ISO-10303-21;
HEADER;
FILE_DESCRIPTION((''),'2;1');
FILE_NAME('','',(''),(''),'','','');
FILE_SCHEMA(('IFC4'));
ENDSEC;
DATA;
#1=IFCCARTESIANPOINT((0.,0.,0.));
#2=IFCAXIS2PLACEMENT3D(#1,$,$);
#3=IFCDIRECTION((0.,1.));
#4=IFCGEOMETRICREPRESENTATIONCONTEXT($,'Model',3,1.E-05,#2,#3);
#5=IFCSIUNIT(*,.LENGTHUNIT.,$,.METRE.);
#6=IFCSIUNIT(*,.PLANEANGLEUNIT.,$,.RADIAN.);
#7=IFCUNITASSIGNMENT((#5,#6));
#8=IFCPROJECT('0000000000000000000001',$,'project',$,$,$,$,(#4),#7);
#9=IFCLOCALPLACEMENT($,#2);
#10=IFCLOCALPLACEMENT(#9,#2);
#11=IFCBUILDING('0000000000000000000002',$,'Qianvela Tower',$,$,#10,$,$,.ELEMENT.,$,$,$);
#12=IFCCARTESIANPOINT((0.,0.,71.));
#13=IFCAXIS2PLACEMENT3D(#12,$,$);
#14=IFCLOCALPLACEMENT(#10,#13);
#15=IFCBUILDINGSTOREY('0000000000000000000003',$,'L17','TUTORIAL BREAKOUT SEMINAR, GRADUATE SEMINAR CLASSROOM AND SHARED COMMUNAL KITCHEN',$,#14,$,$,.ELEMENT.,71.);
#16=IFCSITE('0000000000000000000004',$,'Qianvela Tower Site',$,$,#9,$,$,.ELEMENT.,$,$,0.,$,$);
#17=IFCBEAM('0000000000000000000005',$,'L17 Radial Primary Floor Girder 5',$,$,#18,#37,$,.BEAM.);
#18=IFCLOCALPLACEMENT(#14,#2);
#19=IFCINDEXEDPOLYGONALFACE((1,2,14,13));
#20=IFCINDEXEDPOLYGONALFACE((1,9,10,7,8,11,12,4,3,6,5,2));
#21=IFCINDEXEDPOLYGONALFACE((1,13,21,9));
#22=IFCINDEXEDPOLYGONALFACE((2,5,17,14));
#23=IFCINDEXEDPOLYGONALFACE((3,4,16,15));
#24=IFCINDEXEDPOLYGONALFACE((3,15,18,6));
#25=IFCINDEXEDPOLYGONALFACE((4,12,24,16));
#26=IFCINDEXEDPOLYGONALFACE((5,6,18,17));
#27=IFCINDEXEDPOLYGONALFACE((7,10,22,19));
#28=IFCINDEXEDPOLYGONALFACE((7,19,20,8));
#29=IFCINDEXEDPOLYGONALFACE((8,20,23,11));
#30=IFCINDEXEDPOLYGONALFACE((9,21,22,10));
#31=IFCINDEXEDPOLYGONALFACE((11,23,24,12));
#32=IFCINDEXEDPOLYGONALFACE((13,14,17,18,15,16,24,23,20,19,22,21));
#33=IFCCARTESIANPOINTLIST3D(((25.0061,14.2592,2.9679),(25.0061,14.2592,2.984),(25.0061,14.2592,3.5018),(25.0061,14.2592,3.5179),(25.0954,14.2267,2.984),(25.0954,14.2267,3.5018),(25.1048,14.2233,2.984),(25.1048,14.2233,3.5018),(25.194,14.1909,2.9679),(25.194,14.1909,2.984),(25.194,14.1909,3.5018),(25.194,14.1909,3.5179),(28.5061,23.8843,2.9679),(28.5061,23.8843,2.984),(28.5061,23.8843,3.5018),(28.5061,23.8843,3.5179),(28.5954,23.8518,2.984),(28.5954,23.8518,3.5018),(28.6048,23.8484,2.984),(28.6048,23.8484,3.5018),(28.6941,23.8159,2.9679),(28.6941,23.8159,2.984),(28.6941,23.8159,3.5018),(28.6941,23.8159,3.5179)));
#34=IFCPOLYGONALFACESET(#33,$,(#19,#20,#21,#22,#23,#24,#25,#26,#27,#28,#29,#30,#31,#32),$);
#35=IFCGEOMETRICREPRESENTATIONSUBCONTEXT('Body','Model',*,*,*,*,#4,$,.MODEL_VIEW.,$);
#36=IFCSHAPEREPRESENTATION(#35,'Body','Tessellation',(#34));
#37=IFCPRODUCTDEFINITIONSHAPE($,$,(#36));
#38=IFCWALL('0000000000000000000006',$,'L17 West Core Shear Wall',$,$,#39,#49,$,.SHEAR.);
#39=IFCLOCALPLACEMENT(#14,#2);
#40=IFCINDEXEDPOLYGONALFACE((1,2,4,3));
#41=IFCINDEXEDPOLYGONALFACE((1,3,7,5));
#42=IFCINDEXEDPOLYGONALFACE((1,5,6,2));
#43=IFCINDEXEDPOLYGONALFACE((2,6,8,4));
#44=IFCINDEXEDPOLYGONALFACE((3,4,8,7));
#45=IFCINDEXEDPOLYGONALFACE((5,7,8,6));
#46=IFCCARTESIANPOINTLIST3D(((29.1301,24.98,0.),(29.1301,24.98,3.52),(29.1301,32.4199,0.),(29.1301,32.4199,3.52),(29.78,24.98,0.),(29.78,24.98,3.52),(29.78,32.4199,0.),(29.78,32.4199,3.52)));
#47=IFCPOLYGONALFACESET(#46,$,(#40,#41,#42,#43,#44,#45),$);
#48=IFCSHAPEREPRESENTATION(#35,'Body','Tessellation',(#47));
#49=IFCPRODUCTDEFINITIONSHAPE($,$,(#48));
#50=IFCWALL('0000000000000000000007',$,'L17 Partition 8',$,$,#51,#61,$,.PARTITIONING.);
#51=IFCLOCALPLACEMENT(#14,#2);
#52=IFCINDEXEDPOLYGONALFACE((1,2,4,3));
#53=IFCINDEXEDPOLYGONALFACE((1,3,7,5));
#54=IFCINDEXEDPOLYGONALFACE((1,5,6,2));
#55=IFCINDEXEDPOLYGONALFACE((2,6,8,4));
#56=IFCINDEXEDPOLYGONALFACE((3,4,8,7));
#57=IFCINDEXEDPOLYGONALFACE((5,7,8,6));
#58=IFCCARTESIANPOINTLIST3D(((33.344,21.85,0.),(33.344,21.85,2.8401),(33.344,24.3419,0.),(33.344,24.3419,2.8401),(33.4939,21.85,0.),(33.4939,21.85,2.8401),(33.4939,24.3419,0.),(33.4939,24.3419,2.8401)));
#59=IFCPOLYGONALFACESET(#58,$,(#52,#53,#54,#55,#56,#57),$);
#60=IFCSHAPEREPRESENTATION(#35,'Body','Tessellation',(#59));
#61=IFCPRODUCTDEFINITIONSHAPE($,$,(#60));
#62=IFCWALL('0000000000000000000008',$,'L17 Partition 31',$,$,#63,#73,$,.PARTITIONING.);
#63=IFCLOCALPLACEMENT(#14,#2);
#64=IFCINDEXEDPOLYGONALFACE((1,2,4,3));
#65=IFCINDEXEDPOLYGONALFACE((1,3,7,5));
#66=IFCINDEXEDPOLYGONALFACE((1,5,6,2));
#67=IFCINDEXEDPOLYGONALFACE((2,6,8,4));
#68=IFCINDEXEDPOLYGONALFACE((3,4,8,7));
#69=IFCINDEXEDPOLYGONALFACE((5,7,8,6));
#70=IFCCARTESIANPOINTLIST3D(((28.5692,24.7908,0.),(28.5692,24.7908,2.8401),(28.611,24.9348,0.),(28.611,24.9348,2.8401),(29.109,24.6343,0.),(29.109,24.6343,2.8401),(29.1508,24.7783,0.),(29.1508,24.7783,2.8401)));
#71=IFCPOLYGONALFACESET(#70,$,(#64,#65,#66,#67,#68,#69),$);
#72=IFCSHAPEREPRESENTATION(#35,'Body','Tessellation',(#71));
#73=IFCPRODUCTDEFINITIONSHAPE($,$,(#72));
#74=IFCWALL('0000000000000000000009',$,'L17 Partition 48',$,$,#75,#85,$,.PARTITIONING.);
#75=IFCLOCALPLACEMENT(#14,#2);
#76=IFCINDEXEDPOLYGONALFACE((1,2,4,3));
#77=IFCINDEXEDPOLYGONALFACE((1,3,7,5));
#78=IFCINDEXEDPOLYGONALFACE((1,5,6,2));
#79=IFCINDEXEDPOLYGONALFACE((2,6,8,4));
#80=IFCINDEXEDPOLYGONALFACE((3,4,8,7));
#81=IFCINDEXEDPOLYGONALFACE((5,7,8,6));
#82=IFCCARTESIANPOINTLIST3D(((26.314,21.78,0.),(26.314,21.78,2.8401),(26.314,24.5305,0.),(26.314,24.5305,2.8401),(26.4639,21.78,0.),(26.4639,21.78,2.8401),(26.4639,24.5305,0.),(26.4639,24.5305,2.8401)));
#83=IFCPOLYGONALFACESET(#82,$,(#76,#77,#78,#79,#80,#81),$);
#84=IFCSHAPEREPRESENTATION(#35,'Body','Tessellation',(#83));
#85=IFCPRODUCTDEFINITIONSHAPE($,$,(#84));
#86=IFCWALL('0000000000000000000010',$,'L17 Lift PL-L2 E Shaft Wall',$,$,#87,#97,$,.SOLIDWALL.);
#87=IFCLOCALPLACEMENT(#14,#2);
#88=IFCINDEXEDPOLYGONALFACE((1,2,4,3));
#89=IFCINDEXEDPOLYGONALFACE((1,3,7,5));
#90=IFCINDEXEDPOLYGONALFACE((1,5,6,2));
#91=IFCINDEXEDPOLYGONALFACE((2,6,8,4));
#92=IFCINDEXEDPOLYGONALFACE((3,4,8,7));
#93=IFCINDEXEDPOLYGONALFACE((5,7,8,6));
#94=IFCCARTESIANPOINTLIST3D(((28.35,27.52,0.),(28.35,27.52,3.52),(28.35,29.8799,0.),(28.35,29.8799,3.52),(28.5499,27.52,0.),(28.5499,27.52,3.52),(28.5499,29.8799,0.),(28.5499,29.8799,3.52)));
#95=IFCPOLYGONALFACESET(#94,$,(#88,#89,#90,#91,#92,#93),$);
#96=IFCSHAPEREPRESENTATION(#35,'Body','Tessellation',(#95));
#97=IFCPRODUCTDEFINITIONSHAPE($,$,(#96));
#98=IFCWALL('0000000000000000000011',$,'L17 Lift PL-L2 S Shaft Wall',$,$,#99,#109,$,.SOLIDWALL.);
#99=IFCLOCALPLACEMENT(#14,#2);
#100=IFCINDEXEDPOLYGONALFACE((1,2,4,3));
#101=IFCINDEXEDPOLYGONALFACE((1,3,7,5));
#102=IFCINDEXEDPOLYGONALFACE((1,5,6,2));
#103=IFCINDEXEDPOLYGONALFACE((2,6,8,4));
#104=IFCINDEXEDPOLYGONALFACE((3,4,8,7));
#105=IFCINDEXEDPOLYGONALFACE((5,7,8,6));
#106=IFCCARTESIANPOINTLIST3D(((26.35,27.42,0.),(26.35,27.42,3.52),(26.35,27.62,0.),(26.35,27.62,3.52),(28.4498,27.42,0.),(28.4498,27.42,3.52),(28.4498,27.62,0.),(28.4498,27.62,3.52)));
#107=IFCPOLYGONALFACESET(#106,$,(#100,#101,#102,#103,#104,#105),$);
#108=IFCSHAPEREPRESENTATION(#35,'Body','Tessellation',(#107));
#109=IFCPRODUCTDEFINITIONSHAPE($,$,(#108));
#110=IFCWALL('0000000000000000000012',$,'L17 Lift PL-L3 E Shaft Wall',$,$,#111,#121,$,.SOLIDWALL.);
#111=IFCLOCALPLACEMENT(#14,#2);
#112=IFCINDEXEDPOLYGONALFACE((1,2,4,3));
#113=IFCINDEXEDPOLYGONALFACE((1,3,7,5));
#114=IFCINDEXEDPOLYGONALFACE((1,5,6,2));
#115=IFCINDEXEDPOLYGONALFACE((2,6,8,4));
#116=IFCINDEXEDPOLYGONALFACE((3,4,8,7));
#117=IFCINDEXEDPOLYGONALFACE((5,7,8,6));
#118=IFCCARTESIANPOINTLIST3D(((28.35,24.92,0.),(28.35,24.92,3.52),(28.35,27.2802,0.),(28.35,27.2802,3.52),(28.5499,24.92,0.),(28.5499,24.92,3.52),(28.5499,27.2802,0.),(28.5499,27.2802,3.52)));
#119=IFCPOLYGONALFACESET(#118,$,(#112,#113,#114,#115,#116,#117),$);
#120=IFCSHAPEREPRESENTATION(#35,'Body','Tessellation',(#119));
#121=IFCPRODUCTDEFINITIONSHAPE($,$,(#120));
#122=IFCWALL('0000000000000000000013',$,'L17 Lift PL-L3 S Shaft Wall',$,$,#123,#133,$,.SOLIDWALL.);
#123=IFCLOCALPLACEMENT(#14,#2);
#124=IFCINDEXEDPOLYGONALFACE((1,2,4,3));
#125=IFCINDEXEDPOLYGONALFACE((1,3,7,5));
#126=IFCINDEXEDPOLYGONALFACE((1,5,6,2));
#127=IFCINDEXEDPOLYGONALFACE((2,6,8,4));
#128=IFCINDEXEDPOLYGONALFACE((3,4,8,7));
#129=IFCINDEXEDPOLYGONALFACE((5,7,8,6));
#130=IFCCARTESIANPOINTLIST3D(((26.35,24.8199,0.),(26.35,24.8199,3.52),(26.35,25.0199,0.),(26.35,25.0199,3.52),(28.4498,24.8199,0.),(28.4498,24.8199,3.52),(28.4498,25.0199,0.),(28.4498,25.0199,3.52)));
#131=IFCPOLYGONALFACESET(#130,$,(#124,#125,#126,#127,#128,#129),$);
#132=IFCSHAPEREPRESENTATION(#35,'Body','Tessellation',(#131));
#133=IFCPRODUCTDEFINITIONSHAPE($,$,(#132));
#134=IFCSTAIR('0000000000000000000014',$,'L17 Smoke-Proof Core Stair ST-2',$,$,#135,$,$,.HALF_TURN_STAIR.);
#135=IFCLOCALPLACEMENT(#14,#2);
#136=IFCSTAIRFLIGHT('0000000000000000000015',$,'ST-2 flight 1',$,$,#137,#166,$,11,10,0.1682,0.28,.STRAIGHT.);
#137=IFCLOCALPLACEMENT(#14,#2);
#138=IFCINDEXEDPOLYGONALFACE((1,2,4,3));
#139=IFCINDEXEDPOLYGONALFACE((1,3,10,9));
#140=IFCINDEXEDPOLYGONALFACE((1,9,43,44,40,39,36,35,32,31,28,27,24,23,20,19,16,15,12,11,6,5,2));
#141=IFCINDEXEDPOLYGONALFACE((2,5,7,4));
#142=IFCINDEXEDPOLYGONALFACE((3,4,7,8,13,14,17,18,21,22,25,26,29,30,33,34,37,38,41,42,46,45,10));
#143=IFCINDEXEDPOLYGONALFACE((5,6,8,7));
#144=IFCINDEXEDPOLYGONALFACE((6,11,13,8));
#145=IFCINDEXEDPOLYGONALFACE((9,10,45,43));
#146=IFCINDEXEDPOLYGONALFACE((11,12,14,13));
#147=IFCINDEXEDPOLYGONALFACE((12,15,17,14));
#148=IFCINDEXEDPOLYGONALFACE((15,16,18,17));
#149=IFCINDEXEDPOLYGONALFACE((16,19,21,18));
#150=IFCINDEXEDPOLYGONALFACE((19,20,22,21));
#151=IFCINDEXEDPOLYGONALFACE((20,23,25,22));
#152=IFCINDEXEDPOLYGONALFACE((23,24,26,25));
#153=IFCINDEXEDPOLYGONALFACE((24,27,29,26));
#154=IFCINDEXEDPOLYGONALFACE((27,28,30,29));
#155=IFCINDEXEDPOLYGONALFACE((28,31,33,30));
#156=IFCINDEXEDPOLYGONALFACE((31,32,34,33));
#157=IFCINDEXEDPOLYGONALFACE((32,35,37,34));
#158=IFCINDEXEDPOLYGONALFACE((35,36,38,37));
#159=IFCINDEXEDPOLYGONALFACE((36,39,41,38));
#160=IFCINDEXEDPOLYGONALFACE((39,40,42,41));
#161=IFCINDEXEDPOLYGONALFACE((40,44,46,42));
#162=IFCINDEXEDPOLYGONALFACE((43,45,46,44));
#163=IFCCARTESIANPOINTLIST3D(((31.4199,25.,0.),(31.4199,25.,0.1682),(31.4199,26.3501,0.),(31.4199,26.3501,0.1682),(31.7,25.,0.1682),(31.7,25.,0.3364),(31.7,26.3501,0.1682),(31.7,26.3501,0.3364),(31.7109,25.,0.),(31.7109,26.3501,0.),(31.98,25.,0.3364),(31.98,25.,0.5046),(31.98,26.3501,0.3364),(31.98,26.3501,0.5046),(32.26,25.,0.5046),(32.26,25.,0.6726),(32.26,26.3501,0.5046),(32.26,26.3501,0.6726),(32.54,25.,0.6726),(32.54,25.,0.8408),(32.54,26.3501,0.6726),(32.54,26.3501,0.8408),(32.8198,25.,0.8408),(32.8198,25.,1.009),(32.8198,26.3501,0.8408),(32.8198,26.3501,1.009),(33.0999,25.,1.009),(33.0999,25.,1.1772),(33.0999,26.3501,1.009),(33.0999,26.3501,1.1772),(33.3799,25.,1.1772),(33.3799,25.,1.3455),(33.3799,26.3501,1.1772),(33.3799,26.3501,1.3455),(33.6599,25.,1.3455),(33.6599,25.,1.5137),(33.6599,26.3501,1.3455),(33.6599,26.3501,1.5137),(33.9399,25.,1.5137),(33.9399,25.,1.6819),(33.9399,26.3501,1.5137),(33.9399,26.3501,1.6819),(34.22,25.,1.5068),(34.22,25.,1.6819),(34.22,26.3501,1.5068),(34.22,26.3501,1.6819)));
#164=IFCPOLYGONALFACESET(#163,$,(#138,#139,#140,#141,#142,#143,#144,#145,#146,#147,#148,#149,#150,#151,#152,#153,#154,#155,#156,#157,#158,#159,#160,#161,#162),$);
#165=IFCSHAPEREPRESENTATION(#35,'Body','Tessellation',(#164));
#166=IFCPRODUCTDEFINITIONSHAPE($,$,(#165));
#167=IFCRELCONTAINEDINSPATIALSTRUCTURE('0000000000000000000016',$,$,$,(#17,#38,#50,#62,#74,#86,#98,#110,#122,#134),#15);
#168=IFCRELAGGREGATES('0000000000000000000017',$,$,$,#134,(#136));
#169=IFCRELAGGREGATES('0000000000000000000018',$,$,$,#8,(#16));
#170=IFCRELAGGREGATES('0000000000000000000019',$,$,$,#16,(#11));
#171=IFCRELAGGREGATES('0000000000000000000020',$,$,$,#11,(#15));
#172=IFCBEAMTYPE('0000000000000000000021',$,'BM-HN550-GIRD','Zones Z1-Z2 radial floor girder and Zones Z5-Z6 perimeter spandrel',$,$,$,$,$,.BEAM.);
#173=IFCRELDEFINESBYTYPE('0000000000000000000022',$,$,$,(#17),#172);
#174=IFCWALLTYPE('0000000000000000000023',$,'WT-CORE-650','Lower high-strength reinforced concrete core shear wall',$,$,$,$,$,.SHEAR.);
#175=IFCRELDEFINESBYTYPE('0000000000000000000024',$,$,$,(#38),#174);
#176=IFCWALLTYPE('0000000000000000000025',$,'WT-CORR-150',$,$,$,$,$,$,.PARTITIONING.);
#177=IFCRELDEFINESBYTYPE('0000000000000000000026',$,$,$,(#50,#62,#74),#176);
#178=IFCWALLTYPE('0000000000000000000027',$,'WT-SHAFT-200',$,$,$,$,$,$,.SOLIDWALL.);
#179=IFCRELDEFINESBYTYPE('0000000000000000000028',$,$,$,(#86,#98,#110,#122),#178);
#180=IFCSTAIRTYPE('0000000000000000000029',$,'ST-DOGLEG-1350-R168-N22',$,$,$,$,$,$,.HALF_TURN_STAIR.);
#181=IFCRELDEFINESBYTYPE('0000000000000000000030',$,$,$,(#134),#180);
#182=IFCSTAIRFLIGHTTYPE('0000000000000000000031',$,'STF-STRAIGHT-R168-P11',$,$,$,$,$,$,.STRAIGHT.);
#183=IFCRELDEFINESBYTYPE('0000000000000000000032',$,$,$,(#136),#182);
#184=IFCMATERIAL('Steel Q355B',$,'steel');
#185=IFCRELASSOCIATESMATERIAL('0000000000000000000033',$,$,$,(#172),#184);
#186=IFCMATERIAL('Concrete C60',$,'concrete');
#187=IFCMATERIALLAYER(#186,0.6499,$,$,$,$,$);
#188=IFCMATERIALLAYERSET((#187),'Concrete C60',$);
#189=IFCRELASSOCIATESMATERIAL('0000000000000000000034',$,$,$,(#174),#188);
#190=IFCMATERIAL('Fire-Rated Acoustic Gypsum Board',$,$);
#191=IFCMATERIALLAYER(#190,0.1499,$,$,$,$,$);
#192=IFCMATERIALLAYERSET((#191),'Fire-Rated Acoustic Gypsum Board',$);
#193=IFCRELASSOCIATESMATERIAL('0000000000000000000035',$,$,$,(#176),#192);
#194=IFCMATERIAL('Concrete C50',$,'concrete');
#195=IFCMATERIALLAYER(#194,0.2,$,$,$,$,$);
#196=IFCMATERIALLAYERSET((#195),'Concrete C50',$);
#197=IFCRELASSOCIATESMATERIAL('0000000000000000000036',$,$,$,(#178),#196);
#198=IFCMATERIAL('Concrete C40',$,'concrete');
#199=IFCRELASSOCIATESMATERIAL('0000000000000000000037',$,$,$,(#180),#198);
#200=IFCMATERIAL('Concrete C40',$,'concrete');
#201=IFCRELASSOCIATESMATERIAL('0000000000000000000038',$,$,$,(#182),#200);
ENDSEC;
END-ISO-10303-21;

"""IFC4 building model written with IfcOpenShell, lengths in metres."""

from ifc_helpers import new_model, si_unit, direction, frame, frame_2d, origin, origin_2d, place, context, subcontext, project, spatial, polyline, rectangle, i_section, outline, extrude, material, layer, layer_set, material_profile, profile_set, type_object, element, aggregate, save


model = new_model("IFC4")

# Units and contexts
model_context = context("Model", 3, precision=1e-05, world=origin(), true_north=direction((0.0, 1.0)))
body_context = subcontext(model_context, "Body", "Model", "MODEL_VIEW")
ifc_project = project(units=[si_unit("LENGTHUNIT", "METRE"), si_unit("PLANEANGLEUNIT", "RADIAN")], contexts=[model_context])

# Site, building, storey
site_placement = place(None, origin())
site = spatial("IfcSite", under=ifc_project, at=site_placement, Name="Qianvela Tower Site", CompositionType="ELEMENT", RefElevation=0.0)
building_placement = place(site_placement, origin())
building = spatial("IfcBuilding", under=site, at=building_placement, Name="Qianvela Tower", CompositionType="ELEMENT")
storey_placement = place(building_placement, frame((0.0, 0.0, 71.0)))
storey = spatial("IfcBuildingStorey", under=building, at=storey_placement, Name="L17", Description="TUTORIAL BREAKOUT SEMINAR, GRADUATE SEMINAR CLASSROOM AND SHARED COMMUNAL KITCHEN", CompositionType="ELEMENT", Elevation=71.0)

# Beam
ifc_material_1 = material(Name="Steel Q355B", Category="steel")
ifc_material_profile = material_profile(ifc_material_1, i_section(OverallWidth=0.2, OverallDepth=0.55, WebThickness=0.01, FlangeThickness=0.0161, at=origin_2d()), Name="HN550x200x10x16")
ifc_profile_set = profile_set([ifc_material_profile], Name="Steel Q355B")
beam_type = type_object("IfcBeamType", Name="BM-HN550-GIRD", Description="Zones Z1-Z2 radial floor girder and Zones Z5-Z6 perimeter spandrel", PredefinedType="BEAM", material=ifc_profile_set)
beam_placement = place(storey_placement, frame((28.6001, 23.8501, 3.2429), z_axis=(-0.341743, -0.939793, 0.0), x_axis=(0.939793, -0.341743, 0.0)))
element("IfcBeam", 1, at=beam_placement, inside=storey, type_object=beam_type, Name="L17 Radial Primary Floor Girder 5", PredefinedType="BEAM", context=body_context, shape_type="SweptSolid", body=[
    extrude(i_section(OverallWidth=0.2, OverallDepth=0.55, WebThickness=0.01, FlangeThickness=0.0161, at=origin_2d()), origin(), (0.0, 0.0, 1.0), 10.2417),
])

# Shared definitions
ifc_material_2 = material(Name="Concrete C60", Category="concrete")
ifc_layer_1 = layer(ifc_material_2, 0.6499)
ifc_layer_set_1 = layer_set([ifc_layer_1], Name="Concrete C60")
wall_type_1 = type_object("IfcWallType", Name="WT-CORE-650", Description="Lower high-strength reinforced concrete core shear wall", PredefinedType="SHEAR", material=ifc_layer_set_1)

# Walls
wall_1_placement = place(storey_placement, frame((29.4551, 24.98, 0.0), z_axis=(0.0, 0.0, 1.0), x_axis=(0.0, 1.0, 0.0)))
element("IfcWall", 2, at=wall_1_placement, inside=storey, type_object=wall_type_1, Name="L17 West Core Shear Wall", PredefinedType="SHEAR", context=body_context, shape_type="SweptSolid", body=[
    extrude(rectangle(XDim=7.4399, YDim=0.6499, at=frame_2d((3.72, 0.0))), origin(), (0.0, 0.0, 1.0), 3.52),
])
ifc_material_3 = material(Name="Fire-Rated Acoustic Gypsum Board")
ifc_layer_2 = layer(ifc_material_3, 0.1499)
ifc_layer_set_2 = layer_set([ifc_layer_2], Name="Fire-Rated Acoustic Gypsum Board")
wall_type_2 = type_object("IfcWallType", Name="WT-CORR-150", PredefinedType="PARTITIONING", material=ifc_layer_set_2)
wall_2_placement = place(storey_placement, frame((33.4189, 24.342, 0.0), z_axis=(0.0, 0.0, 1.0), x_axis=(0.0, -1.0, 0.0)))
element("IfcWall", 3, at=wall_2_placement, inside=storey, type_object=wall_type_2, Name="L17 Partition 8", PredefinedType="PARTITIONING", context=body_context, shape_type="SweptSolid", body=[
    extrude(rectangle(XDim=2.4919, YDim=0.1499, at=frame_2d((1.2461, 0.0))), origin(), (0.0, 0.0, 1.0), 2.8401),
])
wall_3_placement = place(storey_placement, frame((29.1299, 24.7063, 0.0), z_axis=(0.0, 0.0, 1.0), x_axis=(-0.960451, 0.278448, 0.0)))
element("IfcWall", 4, at=wall_3_placement, inside=storey, type_object=wall_type_2, Name="L17 Partition 31", PredefinedType="PARTITIONING", context=body_context, shape_type="SweptSolid", body=[
    extrude(rectangle(XDim=0.562, YDim=0.1499, at=frame_2d((0.281, 0.0))), origin(), (0.0, 0.0, 1.0), 2.8401),
])
wall_4_placement = place(storey_placement, frame((26.3889, 24.5305, 0.0), z_axis=(0.0, 0.0, 1.0), x_axis=(0.0, -1.0, 0.0)))
element("IfcWall", 5, at=wall_4_placement, inside=storey, type_object=wall_type_2, Name="L17 Partition 48", PredefinedType="PARTITIONING", context=body_context, shape_type="SweptSolid", body=[
    extrude(rectangle(XDim=2.7505, YDim=0.1499, at=frame_2d((1.3752, 0.0))), origin(), (0.0, 0.0, 1.0), 2.8401),
])
ifc_material_4 = material(Name="Concrete C50", Category="concrete")
ifc_layer_3 = layer(ifc_material_4, 0.2)
ifc_layer_set_3 = layer_set([ifc_layer_3], Name="Concrete C50")
wall_type_3 = type_object("IfcWallType", Name="WT-SHAFT-200", PredefinedType="SOLIDWALL", material=ifc_layer_set_3)
wall_5_placement = place(storey_placement, frame((28.45, 27.52, 0.0), z_axis=(0.0, 0.0, 1.0), x_axis=(0.0, 1.0, 0.0)))
element("IfcWall", 6, at=wall_5_placement, inside=storey, type_object=wall_type_3, Name="L17 Lift PL-L2 E Shaft Wall", PredefinedType="SOLIDWALL", context=body_context, shape_type="SweptSolid", body=[
    extrude(rectangle(XDim=2.3599, YDim=0.2, at=frame_2d((1.1799, 0.0))), origin(), (0.0, 0.0, 1.0), 3.52),
])

# Walls
wall_6_placement = place(storey_placement, frame((26.3501, 27.52, 0.0), z_axis=(0.0, 0.0, 1.0), x_axis=(1.0, 0.0, 0.0)))
element("IfcWall", 7, at=wall_6_placement, inside=storey, type_object=wall_type_3, Name="L17 Lift PL-L2 S Shaft Wall", PredefinedType="SOLIDWALL", context=body_context, shape_type="SweptSolid", body=[
    extrude(rectangle(XDim=2.0999, YDim=0.2, at=frame_2d((1.0498, 0.0))), origin(), (0.0, 0.0, 1.0), 3.52),
])
wall_7_placement = place(storey_placement, frame((28.45, 24.9199, 0.0), z_axis=(0.0, 0.0, 1.0), x_axis=(0.0, 1.0, 0.0)))
element("IfcWall", 8, at=wall_7_placement, inside=storey, type_object=wall_type_3, Name="L17 Lift PL-L3 E Shaft Wall", PredefinedType="SOLIDWALL", context=body_context, shape_type="SweptSolid", body=[
    extrude(rectangle(XDim=2.3601, YDim=0.2, at=frame_2d((1.1802, 0.0))), origin(), (0.0, 0.0, 1.0), 3.52),
])

# Wall
wall_8_placement = place(storey_placement, frame((26.3501, 24.9199, 0.0), z_axis=(0.0, 0.0, 1.0), x_axis=(1.0, 0.0, 0.0)))
element("IfcWall", 9, at=wall_8_placement, inside=storey, type_object=wall_type_3, Name="L17 Lift PL-L3 S Shaft Wall", PredefinedType="SOLIDWALL", context=body_context, shape_type="SweptSolid", body=[
    extrude(rectangle(XDim=2.0999, YDim=0.2, at=frame_2d((1.0498, 0.0))), origin(), (0.0, 0.0, 1.0), 3.52),
])

# Stair, stair flight
ifc_material_5 = material(Name="Concrete C40", Category="concrete")
stair_type = type_object("IfcStairType", Name="ST-DOGLEG-1350-R168-N22", PredefinedType="HALF_TURN_STAIR", material=ifc_material_5)
stair_placement = place(storey_placement, origin())
stair = element("IfcStair", 10, at=stair_placement, inside=storey, type_object=stair_type, Name="L17 Smoke-Proof Core Stair ST-2", PredefinedType="HALF_TURN_STAIR")
ifc_material_6 = material(Name="Concrete C40", Category="concrete")
stair_flight_type = type_object("IfcStairFlightType", Name="STF-STRAIGHT-R168-P11", PredefinedType="STRAIGHT", material=ifc_material_6)
stair_flight_placement = place(storey_placement, frame((31.4199, 25.675, 0.0), z_axis=(0.0, 0.0, 1.0), x_axis=(1.0, 0.0, 0.0)))
stair_flight = element("IfcStairFlight", 11, at=stair_flight_placement, type_object=stair_flight_type, Name="ST-2 flight 1", NumberOfRisers=11, NumberOfTreads=10, PredefinedType="STRAIGHT", RiserHeight=0.1682, TreadLength=0.28, context=body_context, shape_type="SweptSolid", body=[
    extrude(outline(polyline([(0.0, 0.0), (0.0, 0.1682), (0.28, 0.1682), (0.28, 0.3364), (0.5601, 0.3364), (0.5601, 0.5046), (0.8401, 0.5046), (0.8401, 0.6726), (1.1201, 0.6726), (1.1201, 0.8408), (1.3999, 0.8408), (1.3999, 1.009), (1.6799, 1.009), (1.6799, 1.1772), (1.96, 1.1772), (1.96, 1.3455), (2.24, 1.3455), (2.24, 1.5137), (2.52, 1.5137), (2.52, 1.6819), (2.8, 1.6819), (2.8, 1.8501), (2.8, 1.5068), (0.291, 0.0), (0.0, 0.0)])), frame((0.0, 0.675, 0.0), z_axis=(0.0, -1.0, 0.0), x_axis=(1.0, 0.0, 0.0)), (0.0, 0.0, 1.0), 1.3501),
])
aggregate(stair, [stair_flight])

save(model, "model.ifc")
